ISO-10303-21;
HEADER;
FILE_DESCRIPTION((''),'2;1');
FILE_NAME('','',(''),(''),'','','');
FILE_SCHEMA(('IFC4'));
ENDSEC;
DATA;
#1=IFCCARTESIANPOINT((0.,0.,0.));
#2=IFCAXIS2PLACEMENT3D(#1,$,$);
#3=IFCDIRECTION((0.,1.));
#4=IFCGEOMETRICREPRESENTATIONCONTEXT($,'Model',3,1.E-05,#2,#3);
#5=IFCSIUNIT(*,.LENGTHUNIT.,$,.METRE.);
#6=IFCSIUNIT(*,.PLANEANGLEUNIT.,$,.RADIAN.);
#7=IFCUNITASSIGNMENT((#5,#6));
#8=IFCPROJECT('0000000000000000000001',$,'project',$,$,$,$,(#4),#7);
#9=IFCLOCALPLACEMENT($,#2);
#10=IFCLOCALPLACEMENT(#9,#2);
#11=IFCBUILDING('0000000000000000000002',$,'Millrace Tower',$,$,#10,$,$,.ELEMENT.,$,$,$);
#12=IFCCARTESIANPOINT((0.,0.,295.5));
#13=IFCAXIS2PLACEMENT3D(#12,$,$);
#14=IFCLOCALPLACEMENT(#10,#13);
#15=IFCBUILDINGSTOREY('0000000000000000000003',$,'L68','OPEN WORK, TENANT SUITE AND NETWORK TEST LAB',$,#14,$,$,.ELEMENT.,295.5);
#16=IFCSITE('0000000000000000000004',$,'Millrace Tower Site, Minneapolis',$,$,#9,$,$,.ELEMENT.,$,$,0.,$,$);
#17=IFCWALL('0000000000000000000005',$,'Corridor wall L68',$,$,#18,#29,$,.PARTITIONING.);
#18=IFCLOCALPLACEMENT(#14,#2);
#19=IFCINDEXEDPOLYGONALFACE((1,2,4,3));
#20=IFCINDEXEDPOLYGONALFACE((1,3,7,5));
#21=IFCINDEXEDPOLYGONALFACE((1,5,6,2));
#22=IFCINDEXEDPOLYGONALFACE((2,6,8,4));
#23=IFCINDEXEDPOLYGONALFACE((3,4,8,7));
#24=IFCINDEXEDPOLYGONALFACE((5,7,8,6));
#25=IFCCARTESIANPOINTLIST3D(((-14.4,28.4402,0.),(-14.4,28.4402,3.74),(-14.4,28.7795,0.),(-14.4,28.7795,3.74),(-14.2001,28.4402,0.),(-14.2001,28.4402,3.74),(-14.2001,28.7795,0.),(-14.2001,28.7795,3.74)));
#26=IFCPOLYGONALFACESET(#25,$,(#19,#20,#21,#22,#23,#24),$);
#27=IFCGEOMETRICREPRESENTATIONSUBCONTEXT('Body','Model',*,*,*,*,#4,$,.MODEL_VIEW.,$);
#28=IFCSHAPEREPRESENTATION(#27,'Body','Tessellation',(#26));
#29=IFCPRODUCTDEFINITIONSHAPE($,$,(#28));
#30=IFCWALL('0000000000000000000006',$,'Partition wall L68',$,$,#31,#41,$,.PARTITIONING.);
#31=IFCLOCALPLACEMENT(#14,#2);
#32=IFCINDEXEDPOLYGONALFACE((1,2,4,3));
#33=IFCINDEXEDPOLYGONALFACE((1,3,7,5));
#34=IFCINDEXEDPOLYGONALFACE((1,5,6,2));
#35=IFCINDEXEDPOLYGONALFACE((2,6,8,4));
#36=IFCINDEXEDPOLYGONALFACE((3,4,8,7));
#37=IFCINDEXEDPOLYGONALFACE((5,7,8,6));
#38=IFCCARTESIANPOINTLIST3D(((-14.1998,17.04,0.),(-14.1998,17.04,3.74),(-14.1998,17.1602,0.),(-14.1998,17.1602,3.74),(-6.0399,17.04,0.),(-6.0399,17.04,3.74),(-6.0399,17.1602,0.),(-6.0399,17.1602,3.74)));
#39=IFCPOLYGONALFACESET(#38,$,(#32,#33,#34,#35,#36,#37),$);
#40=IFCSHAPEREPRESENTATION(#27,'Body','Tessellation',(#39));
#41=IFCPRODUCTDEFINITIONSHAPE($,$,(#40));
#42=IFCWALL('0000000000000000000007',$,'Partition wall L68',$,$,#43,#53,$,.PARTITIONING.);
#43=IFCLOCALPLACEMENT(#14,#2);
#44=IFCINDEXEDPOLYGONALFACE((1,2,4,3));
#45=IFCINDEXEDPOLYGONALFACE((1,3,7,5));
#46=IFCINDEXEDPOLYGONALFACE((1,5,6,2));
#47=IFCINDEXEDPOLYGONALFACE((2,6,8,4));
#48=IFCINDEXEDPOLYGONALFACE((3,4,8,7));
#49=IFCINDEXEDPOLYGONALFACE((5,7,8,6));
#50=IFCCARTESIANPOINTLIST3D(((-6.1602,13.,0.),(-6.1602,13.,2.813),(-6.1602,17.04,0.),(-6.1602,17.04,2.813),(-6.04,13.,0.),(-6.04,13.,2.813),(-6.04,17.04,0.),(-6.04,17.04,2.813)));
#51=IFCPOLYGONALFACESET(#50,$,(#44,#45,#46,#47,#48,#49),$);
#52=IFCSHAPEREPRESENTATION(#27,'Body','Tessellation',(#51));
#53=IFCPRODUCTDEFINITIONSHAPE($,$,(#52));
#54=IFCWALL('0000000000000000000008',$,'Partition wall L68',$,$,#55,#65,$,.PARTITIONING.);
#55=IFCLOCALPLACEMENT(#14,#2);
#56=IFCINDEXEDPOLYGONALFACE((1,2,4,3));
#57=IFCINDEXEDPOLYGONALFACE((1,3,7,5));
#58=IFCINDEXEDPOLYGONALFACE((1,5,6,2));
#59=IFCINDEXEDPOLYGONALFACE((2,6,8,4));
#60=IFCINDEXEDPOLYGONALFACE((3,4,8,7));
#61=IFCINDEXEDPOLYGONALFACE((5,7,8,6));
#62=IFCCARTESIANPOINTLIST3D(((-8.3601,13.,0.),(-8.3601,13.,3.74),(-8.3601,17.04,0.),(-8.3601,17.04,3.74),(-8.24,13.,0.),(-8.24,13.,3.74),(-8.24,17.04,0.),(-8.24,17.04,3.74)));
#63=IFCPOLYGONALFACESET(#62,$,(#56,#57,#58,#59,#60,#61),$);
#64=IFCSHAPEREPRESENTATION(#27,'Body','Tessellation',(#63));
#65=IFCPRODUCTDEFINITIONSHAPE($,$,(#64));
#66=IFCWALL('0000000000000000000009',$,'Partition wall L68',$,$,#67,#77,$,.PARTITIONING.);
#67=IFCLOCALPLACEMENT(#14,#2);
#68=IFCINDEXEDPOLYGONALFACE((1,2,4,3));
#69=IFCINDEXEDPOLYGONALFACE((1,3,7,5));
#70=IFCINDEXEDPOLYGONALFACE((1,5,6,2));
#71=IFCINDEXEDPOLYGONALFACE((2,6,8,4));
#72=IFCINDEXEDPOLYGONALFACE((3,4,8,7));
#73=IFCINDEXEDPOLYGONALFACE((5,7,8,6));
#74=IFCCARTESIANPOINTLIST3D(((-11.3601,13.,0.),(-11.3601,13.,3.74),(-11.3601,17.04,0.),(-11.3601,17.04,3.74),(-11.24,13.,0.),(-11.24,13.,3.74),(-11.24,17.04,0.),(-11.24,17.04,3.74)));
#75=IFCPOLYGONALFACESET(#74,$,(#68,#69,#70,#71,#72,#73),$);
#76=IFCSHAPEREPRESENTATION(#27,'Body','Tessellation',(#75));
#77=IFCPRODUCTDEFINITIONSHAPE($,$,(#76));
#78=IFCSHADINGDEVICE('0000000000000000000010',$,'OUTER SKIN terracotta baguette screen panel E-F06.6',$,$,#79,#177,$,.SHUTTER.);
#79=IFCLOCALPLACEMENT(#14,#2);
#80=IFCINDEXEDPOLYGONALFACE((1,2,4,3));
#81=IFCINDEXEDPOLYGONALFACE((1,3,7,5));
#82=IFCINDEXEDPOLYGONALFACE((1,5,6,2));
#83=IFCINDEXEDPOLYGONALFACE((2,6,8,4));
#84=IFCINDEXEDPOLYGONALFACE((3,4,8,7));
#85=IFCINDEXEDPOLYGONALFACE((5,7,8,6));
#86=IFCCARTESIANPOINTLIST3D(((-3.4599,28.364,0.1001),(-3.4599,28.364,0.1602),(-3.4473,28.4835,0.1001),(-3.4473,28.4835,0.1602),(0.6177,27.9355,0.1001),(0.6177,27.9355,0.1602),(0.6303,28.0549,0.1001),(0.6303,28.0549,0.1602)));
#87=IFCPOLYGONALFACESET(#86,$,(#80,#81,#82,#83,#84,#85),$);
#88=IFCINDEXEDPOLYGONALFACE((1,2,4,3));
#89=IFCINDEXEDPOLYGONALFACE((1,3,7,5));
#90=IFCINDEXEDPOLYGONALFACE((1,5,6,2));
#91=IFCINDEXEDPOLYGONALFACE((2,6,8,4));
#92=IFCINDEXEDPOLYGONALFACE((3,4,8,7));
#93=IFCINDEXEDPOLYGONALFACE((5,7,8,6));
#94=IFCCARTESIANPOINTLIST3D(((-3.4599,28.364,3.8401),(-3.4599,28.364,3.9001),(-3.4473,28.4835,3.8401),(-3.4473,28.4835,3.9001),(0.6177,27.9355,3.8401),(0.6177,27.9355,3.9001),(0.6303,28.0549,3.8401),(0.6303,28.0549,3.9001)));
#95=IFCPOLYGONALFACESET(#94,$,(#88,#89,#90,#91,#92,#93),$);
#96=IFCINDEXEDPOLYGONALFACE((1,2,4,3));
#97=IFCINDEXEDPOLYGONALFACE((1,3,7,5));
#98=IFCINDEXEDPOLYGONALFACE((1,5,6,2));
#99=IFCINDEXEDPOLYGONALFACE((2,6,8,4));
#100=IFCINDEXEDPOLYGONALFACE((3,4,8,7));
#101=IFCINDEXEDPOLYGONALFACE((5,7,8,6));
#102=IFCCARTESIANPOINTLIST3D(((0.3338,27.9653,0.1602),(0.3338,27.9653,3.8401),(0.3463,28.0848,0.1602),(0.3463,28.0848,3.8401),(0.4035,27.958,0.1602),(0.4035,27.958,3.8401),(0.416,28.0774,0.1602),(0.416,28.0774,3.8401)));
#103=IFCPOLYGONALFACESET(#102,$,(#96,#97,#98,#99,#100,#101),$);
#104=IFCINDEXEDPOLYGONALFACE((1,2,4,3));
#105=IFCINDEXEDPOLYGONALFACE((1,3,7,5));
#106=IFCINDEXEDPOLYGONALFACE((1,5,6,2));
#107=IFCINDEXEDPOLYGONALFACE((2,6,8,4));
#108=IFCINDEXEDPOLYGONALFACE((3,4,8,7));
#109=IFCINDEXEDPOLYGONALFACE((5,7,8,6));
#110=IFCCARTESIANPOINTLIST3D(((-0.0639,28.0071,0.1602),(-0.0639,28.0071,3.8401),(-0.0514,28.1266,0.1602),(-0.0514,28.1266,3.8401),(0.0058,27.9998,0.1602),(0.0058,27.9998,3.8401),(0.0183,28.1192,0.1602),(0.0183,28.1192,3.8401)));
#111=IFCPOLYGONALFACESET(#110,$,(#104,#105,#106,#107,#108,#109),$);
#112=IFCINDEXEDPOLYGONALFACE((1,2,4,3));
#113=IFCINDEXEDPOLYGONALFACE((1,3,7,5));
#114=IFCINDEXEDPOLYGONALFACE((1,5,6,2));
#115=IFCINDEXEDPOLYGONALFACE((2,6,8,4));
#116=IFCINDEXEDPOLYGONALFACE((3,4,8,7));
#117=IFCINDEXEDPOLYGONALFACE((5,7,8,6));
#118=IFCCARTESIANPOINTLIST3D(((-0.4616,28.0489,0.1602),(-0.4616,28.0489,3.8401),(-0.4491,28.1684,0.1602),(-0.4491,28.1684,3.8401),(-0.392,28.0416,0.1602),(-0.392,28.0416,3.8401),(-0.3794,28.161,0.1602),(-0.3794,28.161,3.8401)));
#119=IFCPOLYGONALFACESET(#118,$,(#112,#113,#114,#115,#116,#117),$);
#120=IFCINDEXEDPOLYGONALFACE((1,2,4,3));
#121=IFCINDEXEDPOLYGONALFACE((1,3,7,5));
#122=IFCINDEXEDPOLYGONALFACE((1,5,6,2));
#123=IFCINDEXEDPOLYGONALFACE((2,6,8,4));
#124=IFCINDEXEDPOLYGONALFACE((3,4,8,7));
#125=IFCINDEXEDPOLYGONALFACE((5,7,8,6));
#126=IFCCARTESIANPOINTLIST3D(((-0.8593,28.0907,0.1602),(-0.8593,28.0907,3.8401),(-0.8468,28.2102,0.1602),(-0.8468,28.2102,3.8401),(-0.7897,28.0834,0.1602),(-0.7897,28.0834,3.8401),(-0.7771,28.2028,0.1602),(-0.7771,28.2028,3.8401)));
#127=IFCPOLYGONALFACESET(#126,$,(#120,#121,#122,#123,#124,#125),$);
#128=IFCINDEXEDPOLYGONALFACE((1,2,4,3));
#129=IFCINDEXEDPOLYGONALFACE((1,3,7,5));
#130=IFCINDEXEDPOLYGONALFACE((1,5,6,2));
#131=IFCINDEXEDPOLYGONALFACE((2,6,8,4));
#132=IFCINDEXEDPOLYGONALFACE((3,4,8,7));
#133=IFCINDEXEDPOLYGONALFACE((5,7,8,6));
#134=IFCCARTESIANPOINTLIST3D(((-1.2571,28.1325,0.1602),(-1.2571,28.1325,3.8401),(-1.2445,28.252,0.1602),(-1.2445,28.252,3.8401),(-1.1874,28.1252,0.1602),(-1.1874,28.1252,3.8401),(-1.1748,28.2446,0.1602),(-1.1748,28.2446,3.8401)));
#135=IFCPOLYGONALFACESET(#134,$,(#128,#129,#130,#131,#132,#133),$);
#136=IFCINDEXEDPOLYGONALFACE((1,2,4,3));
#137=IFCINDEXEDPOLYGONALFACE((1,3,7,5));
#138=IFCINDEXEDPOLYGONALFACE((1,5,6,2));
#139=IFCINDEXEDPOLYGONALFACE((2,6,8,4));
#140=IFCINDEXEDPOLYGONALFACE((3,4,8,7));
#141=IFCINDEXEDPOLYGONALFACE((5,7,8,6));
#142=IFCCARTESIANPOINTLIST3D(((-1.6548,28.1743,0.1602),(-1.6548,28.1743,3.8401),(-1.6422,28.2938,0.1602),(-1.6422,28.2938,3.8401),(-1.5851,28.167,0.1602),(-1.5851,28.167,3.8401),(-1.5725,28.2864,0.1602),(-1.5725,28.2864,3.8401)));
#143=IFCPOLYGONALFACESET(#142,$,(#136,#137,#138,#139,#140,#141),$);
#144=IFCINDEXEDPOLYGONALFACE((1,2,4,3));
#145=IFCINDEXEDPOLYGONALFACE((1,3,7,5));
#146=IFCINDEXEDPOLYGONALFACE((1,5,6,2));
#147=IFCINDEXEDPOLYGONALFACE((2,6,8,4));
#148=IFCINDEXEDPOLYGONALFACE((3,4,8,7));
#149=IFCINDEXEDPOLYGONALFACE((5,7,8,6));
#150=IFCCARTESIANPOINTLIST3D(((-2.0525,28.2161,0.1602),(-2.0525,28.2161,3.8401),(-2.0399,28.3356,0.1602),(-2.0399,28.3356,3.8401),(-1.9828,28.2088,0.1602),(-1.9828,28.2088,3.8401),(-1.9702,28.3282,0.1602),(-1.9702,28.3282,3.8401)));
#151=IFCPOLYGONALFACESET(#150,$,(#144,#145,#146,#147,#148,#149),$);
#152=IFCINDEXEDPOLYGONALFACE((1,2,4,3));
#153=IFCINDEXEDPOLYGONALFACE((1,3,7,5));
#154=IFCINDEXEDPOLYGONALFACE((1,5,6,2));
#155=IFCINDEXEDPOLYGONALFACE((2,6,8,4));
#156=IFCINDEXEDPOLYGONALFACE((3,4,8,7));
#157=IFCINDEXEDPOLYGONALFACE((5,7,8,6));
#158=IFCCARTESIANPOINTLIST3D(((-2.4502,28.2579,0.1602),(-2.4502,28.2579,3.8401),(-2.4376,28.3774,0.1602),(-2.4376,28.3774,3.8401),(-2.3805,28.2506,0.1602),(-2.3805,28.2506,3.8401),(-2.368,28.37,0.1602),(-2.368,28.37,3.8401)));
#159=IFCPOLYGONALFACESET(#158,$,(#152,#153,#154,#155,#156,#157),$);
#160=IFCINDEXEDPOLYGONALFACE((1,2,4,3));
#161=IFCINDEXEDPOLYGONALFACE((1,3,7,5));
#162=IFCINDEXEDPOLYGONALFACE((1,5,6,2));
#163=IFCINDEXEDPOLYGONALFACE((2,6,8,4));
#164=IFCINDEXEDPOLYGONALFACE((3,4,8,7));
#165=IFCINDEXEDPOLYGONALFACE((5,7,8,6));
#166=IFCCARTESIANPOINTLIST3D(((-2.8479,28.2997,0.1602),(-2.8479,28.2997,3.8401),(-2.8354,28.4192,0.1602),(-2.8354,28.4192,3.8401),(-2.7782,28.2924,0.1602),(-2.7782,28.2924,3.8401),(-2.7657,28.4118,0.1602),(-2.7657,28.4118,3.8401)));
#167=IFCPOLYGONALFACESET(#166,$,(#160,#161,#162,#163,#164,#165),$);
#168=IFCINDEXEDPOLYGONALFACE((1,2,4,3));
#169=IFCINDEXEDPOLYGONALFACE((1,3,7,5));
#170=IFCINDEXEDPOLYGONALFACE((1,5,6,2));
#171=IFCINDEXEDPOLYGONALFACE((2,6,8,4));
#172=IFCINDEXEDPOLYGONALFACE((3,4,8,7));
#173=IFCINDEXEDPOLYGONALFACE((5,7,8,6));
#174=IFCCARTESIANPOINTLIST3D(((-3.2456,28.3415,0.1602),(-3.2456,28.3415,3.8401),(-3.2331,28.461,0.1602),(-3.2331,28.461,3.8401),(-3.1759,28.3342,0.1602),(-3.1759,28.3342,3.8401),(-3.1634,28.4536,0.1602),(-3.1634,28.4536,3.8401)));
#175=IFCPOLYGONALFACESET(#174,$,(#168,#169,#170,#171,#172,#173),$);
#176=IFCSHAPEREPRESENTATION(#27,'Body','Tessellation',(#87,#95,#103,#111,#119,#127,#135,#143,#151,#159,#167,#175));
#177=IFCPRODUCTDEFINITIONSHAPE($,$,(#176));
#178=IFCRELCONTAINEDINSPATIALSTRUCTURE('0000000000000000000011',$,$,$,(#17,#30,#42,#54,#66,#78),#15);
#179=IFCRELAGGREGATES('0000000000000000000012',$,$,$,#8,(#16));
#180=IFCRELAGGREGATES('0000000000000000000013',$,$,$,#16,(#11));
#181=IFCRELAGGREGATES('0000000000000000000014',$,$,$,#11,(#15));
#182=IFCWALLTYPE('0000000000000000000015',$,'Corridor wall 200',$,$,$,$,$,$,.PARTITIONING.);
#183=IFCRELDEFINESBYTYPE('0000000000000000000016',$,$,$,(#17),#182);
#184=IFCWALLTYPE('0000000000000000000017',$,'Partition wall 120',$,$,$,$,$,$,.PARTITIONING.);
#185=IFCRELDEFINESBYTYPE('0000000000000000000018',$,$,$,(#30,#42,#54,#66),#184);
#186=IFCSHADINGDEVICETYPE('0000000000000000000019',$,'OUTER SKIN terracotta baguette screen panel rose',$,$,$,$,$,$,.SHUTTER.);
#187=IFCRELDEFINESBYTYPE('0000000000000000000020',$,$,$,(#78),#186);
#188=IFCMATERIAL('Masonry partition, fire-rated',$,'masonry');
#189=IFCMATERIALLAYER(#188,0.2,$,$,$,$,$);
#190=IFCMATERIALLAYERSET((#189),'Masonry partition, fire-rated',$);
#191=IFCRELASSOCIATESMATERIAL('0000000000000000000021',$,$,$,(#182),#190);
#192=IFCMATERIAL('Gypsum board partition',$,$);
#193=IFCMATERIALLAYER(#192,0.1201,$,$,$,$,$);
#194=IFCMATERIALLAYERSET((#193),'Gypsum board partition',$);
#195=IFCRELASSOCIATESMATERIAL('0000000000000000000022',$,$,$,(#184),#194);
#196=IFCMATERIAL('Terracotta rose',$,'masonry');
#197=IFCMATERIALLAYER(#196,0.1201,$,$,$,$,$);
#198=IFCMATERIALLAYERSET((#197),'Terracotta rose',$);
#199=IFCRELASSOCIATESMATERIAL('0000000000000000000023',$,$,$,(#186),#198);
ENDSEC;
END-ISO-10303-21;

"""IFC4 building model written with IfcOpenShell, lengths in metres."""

from ifc_helpers import new_model, entity, si_unit, direction, frame, frame_2d, origin, place, context, subcontext, project, spatial, rectangle, extrude, source, transform, mapped, material, layer, layer_set, type_object, element, save


model = new_model("IFC4")

# Units and contexts
model_context = context("Model", 3, precision=1e-05, world=origin(), true_north=direction((0.0, 1.0)))
body_context = subcontext(model_context, "Body", "Model", "MODEL_VIEW")
ifc_project = project(units=[si_unit("LENGTHUNIT", "METRE"), si_unit("PLANEANGLEUNIT", "RADIAN")], contexts=[model_context])

# Site, building, storey
site_placement = place(None, origin())
site = spatial("IfcSite", under=ifc_project, at=site_placement, Name="Millrace Tower Site, Minneapolis", CompositionType="ELEMENT", RefElevation=0.0)
building_placement = place(site_placement, origin())
building = spatial("IfcBuilding", under=site, at=building_placement, Name="Millrace Tower", CompositionType="ELEMENT")
storey_placement = place(building_placement, frame((0.0, 0.0, 295.5)))
storey = spatial("IfcBuildingStorey", under=building, at=storey_placement, Name="L68", Description="OPEN WORK, TENANT SUITE AND NETWORK TEST LAB", CompositionType="ELEMENT", Elevation=295.5)

# Shared definitions
ifc_material_1 = material(Name="Masonry partition, fire-rated", Category="masonry")
ifc_layer_1 = layer(ifc_material_1, 0.2)
ifc_layer_set_1 = layer_set([ifc_layer_1], Name="Masonry partition, fire-rated")
wall_type_1 = type_object("IfcWallType", Name="Corridor wall 200", PredefinedType="PARTITIONING", material=ifc_layer_set_1)

# Walls
wall_1_placement = place(storey_placement, frame((-14.3, 28.4402, 0.0), z_axis=(0.0, 0.0, 1.0), x_axis=(0.0, 1.0, 0.0)))
element("IfcWall", 1, at=wall_1_placement, inside=storey, type_object=wall_type_1, Name="Corridor wall L68", PredefinedType="PARTITIONING", context=body_context, shape_type="SweptSolid", body=[
    extrude(rectangle(XDim=0.3394, YDim=0.2, at=frame_2d((0.1697, 0.0))), origin(), (0.0, 0.0, 1.0), 3.74),
])
ifc_material_2 = material(Name="Gypsum board partition")
ifc_layer_2 = layer(ifc_material_2, 0.1201)
ifc_layer_set_2 = layer_set([ifc_layer_2], Name="Gypsum board partition")
wall_type_2 = type_object("IfcWallType", Name="Partition wall 120", PredefinedType="PARTITIONING", material=ifc_layer_set_2)
wall_2_placement = place(storey_placement, frame((-14.2, 17.1001, 0.0), z_axis=(0.0, 0.0, 1.0), x_axis=(1.0, 0.0, 0.0)))
element("IfcWall", 2, at=wall_2_placement, inside=storey, type_object=wall_type_2, Name="Partition wall L68", PredefinedType="PARTITIONING", context=body_context, shape_type="SweptSolid", body=[
    extrude(rectangle(XDim=8.1599, YDim=0.1201, at=frame_2d((4.0801, 0.0))), origin(), (0.0, 0.0, 1.0), 3.74),
])
wall_3_placement = place(storey_placement, frame((-6.1001, 13.0, 0.0), z_axis=(0.0, 0.0, 1.0), x_axis=(0.0, 1.0, 0.0)))
element("IfcWall", 3, at=wall_3_placement, inside=storey, type_object=wall_type_2, Name="Partition wall L68", PredefinedType="PARTITIONING", context=body_context, shape_type="SweptSolid", body=[
    extrude(rectangle(XDim=4.04, YDim=0.1201, at=frame_2d((2.02, 0.0))), origin(), (0.0, 0.0, 1.0), 2.813),
])
for number, where, z_axis, x_axis, name in (
    (4, (-8.3, 13.0, 0.0), (0.0, 0.0, 1.0), (0.0, 1.0, 0.0), "Partition wall L68"),
    (5, (-11.3, 13.0, 0.0), (0.0, 0.0, 1.0), (0.0, 1.0, 0.0), "Partition wall L68"),
):
    element("IfcWall", number, at=place(storey_placement, frame(where, z_axis=z_axis, x_axis=x_axis)), inside=storey, type_object=wall_type_2, Name=name, PredefinedType="PARTITIONING", context=body_context, shape_type="SweptSolid", body=[
        extrude(rectangle(XDim=4.04, YDim=0.1201, at=frame_2d((2.02, 0.0))), origin(), (0.0, 0.0, 1.0), 3.74),
    ])

# Shading device
ifc_material_3 = material(Name="Terracotta rose", Category="masonry")
ifc_layer_3 = layer(ifc_material_3, 0.1201)
ifc_layer_set_3 = layer_set([ifc_layer_3], Name="Terracotta rose")
shading_device_type = type_object("IfcShadingDeviceType", Name="OUTER SKIN terracotta baguette screen panel rose", PredefinedType="SHUTTER", material=ifc_layer_set_3)
cartesian_point_1 = entity("IfcCartesianPoint", [-2.05, 0.0601])
shared_polyline_1 = entity("IfcPolyline", [cartesian_point_1, entity("IfcCartesianPoint", [2.05, 0.0601]), entity("IfcCartesianPoint", [2.05, -0.0601]), entity("IfcCartesianPoint", [-2.05, -0.0601]), cartesian_point_1])
shared_shape_1 = source(origin(), body_context, "Body", "SweptSolid", [
    entity("IfcExtrudedAreaSolid", entity("IfcArbitraryClosedProfileDef", "AREA", None, shared_polyline_1), entity("IfcAxis2Placement3D", entity("IfcCartesianPoint", [0.0, 0.0, 0.0])), entity("IfcDirection", [0.0, 0.0, 1.0]), 0.0601),
    entity("IfcExtrudedAreaSolid", entity("IfcArbitraryClosedProfileDef", "AREA", None, shared_polyline_1), entity("IfcAxis2Placement3D", entity("IfcCartesianPoint", [0.0, 0.0, 3.74])), entity("IfcDirection", [0.0, 0.0, 1.0]), 0.0601),
    extrude(rectangle(XDim=0.0701, YDim=0.1201, at=frame_2d((-1.7996, 0.0))), frame((0.0, 0.0, 0.0601)), (0.0, 0.0, 1.0), 3.6799),
    extrude(rectangle(XDim=0.0701, YDim=0.1201, at=frame_2d((-1.3997, 0.0))), frame((0.0, 0.0, 0.0601)), (0.0, 0.0, 1.0), 3.6799),
    extrude(rectangle(XDim=0.0701, YDim=0.1201, at=frame_2d((-0.9998, 0.0))), frame((0.0, 0.0, 0.0601)), (0.0, 0.0, 1.0), 3.6799),
    extrude(rectangle(XDim=0.0701, YDim=0.1201, at=frame_2d((-0.5999, 0.0))), frame((0.0, 0.0, 0.0601)), (0.0, 0.0, 1.0), 3.6799),
    extrude(rectangle(XDim=0.0701, YDim=0.1201, at=frame_2d((-0.2, 0.0))), frame((0.0, 0.0, 0.0601)), (0.0, 0.0, 1.0), 3.6799),
    extrude(rectangle(XDim=0.0701, YDim=0.1201, at=frame_2d((0.2, 0.0))), frame((0.0, 0.0, 0.0601)), (0.0, 0.0, 1.0), 3.6799),
    extrude(rectangle(XDim=0.0701, YDim=0.1201, at=frame_2d((0.5999, 0.0))), frame((0.0, 0.0, 0.0601)), (0.0, 0.0, 1.0), 3.6799),
    extrude(rectangle(XDim=0.0701, YDim=0.1201, at=frame_2d((0.9998, 0.0))), frame((0.0, 0.0, 0.0601)), (0.0, 0.0, 1.0), 3.6799),
    extrude(rectangle(XDim=0.0701, YDim=0.1201, at=frame_2d((1.3997, 0.0))), frame((0.0, 0.0, 0.0601)), (0.0, 0.0, 1.0), 3.6799),
    extrude(rectangle(XDim=0.0701, YDim=0.1201, at=frame_2d((1.7996, 0.0))), frame((0.0, 0.0, 0.0601)), (0.0, 0.0, 1.0), 3.6799),
])
for number, where, z_axis, x_axis, name in (
    (6, (-1.4148, 28.2095, 0.1001), (0.0, 0.0, 1.0), (-0.994522, 0.104528, 0.0), "OUTER SKIN terracotta baguette screen panel E-F06.6"),
):
    element("IfcShadingDevice", number, at=place(storey_placement, frame(where, z_axis=z_axis, x_axis=x_axis)), inside=storey, type_object=shading_device_type, Name=name, PredefinedType="SHUTTER", context=body_context, shape_type="MappedRepresentation", body=[
        mapped(shared_shape_1, transform((0.0, 0.0, 0.0), scale=1.0)),
    ])

save(model, "model.ifc")
